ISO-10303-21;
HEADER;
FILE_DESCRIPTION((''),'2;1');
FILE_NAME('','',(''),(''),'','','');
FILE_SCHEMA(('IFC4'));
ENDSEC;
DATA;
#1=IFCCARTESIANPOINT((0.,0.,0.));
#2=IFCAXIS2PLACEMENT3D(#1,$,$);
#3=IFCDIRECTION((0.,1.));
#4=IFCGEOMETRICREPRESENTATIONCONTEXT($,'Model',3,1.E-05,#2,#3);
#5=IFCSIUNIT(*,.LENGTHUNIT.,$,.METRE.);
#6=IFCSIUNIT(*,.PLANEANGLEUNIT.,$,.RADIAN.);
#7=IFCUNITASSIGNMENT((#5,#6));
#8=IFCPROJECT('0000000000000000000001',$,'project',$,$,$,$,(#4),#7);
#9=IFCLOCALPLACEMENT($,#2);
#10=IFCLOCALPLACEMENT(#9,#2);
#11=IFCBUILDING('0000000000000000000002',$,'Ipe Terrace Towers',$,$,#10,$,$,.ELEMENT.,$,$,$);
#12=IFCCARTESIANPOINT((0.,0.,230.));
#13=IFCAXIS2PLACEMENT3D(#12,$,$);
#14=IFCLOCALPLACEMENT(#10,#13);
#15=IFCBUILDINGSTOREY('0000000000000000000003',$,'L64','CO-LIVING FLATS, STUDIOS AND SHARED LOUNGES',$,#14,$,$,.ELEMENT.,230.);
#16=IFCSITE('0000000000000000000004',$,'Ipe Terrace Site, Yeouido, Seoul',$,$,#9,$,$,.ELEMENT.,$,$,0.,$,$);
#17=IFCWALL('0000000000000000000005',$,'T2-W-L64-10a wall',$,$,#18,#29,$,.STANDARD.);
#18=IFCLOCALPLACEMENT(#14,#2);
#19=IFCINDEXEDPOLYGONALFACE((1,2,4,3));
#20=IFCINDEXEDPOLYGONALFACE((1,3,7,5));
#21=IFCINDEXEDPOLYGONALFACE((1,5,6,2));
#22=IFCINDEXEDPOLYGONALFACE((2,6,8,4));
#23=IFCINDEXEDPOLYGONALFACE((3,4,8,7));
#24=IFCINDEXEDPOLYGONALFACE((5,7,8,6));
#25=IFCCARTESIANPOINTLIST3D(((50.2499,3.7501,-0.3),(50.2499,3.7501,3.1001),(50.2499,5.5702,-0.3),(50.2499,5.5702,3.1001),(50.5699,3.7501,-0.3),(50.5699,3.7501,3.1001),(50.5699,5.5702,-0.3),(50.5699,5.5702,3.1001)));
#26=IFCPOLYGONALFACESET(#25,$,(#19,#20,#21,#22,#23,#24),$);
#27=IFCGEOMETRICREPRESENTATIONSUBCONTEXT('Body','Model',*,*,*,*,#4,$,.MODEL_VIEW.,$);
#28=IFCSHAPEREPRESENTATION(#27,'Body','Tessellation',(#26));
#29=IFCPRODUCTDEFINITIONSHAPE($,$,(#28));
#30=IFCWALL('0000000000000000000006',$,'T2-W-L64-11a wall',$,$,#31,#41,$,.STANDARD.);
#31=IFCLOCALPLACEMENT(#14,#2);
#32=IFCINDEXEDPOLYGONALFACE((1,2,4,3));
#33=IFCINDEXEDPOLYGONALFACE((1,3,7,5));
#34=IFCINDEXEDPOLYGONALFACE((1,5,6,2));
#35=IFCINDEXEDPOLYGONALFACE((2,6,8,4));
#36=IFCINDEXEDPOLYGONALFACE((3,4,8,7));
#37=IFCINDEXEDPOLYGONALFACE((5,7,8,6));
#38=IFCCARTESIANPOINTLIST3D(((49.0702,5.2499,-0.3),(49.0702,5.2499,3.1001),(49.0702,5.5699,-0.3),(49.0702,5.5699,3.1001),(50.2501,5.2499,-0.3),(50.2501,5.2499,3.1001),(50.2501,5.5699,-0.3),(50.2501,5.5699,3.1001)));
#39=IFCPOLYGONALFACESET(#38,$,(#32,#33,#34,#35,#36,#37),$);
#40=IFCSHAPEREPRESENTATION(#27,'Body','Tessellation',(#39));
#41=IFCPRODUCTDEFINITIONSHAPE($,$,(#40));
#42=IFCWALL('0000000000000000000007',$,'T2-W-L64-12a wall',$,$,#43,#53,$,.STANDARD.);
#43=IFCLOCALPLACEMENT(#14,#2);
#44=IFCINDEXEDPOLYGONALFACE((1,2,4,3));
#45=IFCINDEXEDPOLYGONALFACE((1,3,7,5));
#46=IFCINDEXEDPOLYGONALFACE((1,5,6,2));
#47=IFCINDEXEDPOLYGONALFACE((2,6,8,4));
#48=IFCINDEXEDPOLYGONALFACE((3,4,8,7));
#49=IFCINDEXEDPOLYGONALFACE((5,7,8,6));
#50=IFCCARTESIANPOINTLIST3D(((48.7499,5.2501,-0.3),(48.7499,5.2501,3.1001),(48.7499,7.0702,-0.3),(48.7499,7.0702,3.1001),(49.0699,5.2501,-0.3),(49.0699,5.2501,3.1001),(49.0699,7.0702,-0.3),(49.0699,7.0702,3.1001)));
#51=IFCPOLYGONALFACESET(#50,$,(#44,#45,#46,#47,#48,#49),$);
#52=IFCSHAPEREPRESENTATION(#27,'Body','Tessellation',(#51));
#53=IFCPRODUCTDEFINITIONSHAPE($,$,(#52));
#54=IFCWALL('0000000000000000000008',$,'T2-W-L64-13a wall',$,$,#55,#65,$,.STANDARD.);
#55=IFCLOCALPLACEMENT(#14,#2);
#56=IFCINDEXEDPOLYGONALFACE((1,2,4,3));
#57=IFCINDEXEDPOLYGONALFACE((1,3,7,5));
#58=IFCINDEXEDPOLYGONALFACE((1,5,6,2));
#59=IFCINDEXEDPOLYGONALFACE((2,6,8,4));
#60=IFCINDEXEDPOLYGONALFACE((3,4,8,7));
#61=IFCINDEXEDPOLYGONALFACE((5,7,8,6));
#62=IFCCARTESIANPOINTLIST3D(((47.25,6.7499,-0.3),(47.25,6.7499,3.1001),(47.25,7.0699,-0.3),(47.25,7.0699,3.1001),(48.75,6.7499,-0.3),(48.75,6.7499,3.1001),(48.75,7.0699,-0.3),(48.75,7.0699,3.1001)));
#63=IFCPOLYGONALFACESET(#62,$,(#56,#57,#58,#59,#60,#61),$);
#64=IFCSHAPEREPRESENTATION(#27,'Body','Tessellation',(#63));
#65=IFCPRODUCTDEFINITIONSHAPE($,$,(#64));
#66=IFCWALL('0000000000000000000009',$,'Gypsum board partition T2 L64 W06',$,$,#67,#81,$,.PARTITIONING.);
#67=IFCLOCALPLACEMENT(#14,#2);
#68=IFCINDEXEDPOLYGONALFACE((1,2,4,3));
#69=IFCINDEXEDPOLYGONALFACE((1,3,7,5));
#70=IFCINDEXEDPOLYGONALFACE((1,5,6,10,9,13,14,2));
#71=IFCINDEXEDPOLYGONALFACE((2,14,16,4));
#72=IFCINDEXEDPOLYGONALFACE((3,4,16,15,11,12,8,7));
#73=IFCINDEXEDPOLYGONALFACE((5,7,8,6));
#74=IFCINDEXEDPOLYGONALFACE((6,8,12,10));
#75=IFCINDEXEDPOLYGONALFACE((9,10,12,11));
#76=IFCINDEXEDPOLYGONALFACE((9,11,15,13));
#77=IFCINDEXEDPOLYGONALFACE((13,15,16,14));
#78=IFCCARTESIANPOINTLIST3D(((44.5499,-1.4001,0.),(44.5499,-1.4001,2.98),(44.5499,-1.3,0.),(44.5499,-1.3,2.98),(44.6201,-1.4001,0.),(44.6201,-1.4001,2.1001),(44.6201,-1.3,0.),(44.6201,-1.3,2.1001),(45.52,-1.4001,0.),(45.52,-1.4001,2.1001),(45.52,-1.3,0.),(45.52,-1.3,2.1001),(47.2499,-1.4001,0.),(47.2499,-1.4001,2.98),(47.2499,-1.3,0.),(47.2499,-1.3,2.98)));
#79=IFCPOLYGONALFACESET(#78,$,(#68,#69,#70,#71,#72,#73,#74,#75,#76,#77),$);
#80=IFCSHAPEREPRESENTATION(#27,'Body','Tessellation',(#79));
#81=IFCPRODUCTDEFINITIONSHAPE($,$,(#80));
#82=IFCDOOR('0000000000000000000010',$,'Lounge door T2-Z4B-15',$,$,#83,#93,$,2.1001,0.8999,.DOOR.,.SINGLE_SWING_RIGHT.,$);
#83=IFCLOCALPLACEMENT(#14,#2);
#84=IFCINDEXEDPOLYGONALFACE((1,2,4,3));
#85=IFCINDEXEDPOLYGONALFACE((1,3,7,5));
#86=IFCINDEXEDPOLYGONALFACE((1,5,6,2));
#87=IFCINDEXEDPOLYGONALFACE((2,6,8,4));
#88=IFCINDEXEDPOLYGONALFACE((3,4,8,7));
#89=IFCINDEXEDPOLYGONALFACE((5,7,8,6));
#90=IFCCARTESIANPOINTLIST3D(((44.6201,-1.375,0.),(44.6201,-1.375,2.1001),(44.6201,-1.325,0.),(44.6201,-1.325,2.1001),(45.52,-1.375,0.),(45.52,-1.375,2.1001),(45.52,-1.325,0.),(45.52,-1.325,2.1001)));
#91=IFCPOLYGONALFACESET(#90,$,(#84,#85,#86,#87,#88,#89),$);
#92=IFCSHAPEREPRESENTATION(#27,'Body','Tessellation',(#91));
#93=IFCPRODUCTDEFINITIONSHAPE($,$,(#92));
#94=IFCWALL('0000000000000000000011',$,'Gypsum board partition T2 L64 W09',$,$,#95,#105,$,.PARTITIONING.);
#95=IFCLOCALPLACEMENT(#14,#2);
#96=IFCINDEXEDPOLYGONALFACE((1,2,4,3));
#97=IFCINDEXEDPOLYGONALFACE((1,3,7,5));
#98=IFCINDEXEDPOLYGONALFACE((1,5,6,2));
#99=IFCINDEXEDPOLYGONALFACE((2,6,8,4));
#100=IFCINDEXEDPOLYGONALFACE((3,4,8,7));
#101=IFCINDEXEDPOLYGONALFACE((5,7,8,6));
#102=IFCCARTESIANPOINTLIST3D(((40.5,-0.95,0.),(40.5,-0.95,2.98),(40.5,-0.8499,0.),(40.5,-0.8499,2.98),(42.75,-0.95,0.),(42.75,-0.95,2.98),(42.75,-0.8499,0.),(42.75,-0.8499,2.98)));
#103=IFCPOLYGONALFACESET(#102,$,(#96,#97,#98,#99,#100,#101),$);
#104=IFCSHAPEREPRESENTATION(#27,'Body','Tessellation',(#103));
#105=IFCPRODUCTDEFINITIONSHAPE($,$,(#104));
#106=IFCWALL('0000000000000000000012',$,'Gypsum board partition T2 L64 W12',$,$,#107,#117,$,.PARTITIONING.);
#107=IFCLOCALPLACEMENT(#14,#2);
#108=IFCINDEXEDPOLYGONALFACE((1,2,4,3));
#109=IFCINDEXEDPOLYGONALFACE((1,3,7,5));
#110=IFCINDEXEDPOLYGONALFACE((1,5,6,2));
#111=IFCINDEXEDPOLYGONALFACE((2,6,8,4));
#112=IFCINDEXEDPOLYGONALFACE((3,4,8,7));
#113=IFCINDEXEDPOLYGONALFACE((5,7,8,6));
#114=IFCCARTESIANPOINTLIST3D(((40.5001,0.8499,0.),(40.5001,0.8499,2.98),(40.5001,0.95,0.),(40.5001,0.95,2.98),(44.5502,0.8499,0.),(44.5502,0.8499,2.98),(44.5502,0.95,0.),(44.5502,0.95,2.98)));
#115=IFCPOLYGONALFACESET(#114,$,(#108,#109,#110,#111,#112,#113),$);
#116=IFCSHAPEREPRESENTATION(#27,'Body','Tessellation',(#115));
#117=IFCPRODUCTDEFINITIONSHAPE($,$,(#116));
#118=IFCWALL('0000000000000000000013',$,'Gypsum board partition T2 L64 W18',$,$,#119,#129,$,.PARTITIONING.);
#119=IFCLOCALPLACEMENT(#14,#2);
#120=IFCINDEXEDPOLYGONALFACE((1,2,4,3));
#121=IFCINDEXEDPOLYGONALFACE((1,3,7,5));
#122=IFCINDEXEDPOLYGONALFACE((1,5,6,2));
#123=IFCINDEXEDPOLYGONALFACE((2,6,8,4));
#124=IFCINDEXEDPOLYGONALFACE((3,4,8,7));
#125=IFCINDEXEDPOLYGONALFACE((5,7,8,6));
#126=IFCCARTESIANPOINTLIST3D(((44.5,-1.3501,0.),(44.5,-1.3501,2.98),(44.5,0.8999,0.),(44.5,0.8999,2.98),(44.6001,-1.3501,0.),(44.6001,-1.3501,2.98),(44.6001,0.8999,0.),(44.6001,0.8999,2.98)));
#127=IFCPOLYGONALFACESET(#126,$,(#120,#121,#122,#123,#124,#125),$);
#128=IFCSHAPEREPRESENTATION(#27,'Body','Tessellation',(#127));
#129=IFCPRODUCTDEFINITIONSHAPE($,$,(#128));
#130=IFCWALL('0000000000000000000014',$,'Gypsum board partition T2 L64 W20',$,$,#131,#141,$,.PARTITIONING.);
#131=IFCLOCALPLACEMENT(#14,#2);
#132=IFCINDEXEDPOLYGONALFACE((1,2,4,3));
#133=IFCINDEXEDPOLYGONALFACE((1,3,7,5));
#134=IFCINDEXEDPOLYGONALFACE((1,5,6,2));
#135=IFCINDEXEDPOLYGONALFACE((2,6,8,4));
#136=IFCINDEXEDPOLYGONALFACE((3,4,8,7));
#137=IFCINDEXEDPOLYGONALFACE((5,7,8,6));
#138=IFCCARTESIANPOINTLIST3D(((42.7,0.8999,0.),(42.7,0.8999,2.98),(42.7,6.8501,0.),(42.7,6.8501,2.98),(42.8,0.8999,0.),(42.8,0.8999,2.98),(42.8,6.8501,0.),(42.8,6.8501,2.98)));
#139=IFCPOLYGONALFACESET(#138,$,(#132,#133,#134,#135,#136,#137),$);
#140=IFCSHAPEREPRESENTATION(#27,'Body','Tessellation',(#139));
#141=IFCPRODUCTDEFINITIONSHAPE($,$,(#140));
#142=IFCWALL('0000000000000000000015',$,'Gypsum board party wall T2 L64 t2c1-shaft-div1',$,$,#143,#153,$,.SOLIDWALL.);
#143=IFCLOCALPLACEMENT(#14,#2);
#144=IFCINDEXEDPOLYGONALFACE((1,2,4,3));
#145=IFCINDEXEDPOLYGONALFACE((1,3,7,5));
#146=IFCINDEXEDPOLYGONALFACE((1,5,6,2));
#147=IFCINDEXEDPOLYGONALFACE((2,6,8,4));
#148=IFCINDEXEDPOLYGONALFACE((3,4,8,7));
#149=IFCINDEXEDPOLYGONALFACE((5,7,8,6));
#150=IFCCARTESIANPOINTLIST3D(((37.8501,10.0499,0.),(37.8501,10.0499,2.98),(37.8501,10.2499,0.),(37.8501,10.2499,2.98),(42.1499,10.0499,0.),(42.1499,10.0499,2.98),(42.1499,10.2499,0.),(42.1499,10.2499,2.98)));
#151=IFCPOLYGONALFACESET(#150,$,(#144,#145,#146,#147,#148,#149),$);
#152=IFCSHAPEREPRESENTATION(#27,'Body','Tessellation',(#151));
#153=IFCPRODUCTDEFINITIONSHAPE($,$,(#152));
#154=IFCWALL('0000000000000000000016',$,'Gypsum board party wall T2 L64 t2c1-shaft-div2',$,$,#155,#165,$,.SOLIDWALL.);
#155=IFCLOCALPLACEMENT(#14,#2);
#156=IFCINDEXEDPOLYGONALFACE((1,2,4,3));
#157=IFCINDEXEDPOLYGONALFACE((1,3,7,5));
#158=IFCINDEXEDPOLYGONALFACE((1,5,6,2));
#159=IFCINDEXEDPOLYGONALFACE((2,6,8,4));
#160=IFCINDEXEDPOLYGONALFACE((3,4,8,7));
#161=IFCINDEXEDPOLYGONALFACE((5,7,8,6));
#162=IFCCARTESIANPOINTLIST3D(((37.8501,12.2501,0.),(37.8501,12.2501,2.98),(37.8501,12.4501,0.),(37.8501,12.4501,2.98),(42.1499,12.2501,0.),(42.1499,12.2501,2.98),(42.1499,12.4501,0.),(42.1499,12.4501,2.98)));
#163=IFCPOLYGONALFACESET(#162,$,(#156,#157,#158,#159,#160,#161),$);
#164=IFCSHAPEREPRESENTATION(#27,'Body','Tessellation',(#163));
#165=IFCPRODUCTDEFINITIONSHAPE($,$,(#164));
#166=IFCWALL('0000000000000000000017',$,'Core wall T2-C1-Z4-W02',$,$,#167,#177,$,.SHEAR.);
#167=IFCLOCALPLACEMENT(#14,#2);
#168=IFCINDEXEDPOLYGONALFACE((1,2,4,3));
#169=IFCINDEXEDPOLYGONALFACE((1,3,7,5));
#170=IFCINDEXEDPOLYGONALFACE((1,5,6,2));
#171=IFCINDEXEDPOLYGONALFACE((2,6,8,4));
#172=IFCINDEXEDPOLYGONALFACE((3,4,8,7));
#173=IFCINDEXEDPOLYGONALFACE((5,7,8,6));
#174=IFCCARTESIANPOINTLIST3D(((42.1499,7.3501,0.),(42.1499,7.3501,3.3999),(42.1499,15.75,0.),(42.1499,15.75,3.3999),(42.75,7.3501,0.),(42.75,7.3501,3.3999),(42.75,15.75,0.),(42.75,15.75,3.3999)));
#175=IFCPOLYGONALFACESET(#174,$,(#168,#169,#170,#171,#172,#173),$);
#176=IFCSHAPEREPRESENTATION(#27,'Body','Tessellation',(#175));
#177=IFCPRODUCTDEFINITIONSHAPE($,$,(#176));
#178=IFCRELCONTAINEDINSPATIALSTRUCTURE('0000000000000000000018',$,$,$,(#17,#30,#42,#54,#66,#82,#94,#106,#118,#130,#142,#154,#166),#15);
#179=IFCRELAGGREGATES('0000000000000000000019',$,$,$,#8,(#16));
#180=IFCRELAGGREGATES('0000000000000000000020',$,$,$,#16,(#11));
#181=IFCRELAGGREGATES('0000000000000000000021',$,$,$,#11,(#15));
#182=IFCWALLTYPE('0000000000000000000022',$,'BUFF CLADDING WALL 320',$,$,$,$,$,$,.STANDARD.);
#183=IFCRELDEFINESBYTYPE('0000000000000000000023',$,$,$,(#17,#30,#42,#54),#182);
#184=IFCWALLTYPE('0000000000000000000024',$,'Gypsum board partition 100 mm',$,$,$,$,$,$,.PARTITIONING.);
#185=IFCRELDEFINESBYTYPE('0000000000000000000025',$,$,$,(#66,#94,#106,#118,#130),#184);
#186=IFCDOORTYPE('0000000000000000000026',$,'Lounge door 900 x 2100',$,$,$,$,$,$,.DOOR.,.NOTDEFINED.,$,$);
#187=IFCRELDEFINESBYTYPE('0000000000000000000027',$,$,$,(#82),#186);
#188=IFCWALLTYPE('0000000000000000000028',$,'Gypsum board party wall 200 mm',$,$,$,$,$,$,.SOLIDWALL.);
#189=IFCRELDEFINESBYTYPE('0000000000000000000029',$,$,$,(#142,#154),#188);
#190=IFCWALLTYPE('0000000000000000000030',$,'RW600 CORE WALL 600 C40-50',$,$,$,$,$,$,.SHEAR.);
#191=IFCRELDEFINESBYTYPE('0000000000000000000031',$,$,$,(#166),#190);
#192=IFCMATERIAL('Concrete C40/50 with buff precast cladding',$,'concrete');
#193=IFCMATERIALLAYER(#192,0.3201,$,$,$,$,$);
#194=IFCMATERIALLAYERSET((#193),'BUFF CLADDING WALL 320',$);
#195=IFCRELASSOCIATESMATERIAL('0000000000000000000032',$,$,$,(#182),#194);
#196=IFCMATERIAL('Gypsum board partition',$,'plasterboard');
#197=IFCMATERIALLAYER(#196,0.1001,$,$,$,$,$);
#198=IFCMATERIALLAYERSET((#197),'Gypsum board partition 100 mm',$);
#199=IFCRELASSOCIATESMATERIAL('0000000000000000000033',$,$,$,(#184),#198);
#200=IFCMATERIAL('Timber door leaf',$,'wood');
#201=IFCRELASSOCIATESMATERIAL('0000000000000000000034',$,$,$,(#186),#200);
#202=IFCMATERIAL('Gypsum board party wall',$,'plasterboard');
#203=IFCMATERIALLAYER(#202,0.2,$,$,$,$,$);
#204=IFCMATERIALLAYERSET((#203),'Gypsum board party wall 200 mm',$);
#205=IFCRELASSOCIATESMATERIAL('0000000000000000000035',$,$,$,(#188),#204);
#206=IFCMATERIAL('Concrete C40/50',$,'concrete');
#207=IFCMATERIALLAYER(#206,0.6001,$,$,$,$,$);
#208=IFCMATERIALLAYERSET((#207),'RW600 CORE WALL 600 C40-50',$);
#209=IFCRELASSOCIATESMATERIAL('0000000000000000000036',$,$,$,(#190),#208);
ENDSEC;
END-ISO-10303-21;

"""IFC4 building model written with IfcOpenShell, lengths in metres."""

from ifc_helpers import new_model, si_unit, direction, frame, frame_2d, origin, place, context, subcontext, project, spatial, rectangle, extrude, material, layer, layer_set, type_object, element, fill, save


model = new_model("IFC4")

# Units and contexts
model_context = context("Model", 3, precision=1e-05, world=origin(), true_north=direction((0.0, 1.0)))
body_context = subcontext(model_context, "Body", "Model", "MODEL_VIEW")
ifc_project = project(units=[si_unit("LENGTHUNIT", "METRE"), si_unit("PLANEANGLEUNIT", "RADIAN")], contexts=[model_context])

# Site, building, storey
site_placement = place(None, origin())
site = spatial("IfcSite", under=ifc_project, at=site_placement, Name="Ipe Terrace Site, Yeouido, Seoul", CompositionType="ELEMENT", RefElevation=0.0)
building_placement = place(site_placement, origin())
building = spatial("IfcBuilding", under=site, at=building_placement, Name="Ipe Terrace Towers", CompositionType="ELEMENT")
storey_placement = place(building_placement, frame((0.0, 0.0, 230.0)))
storey = spatial("IfcBuildingStorey", under=building, at=storey_placement, Name="L64", Description="CO-LIVING FLATS, STUDIOS AND SHARED LOUNGES", CompositionType="ELEMENT", Elevation=230.0)

# Walls
ifc_material_1 = material(Name="Concrete C40/50 with buff precast cladding", Category="concrete")
ifc_layer_1 = layer(ifc_material_1, 0.3201)
ifc_layer_set_1 = layer_set([ifc_layer_1], Name="BUFF CLADDING WALL 320")
wall_type_1 = type_object("IfcWallType", Name="BUFF CLADDING WALL 320", PredefinedType="STANDARD", material=ifc_layer_set_1)
wall_1_placement = place(storey_placement, frame((50.4099, 3.75, -0.3), z_axis=(0.0, 0.0, 1.0), x_axis=(0.0, 1.0, 0.0)))
element("IfcWall", 1, at=wall_1_placement, inside=storey, type_object=wall_type_1, Name="T2-W-L64-10a wall", PredefinedType="STANDARD", context=body_context, shape_type="SweptSolid", body=[
    extrude(rectangle(XDim=1.8201, YDim=0.3201, at=frame_2d((0.9102, 0.0))), origin(), (0.0, 0.0, 1.0), 3.4001),
])
wall_2_placement = place(storey_placement, frame((50.25, 5.4099, -0.3), z_axis=(0.0, 0.0, 1.0), x_axis=(-1.0, 0.0, 0.0)))
element("IfcWall", 2, at=wall_2_placement, inside=storey, type_object=wall_type_1, Name="T2-W-L64-11a wall", PredefinedType="STANDARD", context=body_context, shape_type="SweptSolid", body=[
    extrude(rectangle(XDim=1.1799, YDim=0.3201, at=frame_2d((0.5898, 0.0))), origin(), (0.0, 0.0, 1.0), 3.4001),
])
wall_3_placement = place(storey_placement, frame((48.9099, 5.25, -0.3), z_axis=(0.0, 0.0, 1.0), x_axis=(0.0, 1.0, 0.0)))
element("IfcWall", 3, at=wall_3_placement, inside=storey, type_object=wall_type_1, Name="T2-W-L64-12a wall", PredefinedType="STANDARD", context=body_context, shape_type="SweptSolid", body=[
    extrude(rectangle(XDim=1.8201, YDim=0.3201, at=frame_2d((0.9102, 0.0))), origin(), (0.0, 0.0, 1.0), 3.4001),
])
wall_4_placement = place(storey_placement, frame((48.75, 6.9099, -0.3), z_axis=(0.0, 0.0, 1.0), x_axis=(-1.0, 0.0, 0.0)))
element("IfcWall", 4, at=wall_4_placement, inside=storey, type_object=wall_type_1, Name="T2-W-L64-13a wall", PredefinedType="STANDARD", context=body_context, shape_type="SweptSolid", body=[
    extrude(rectangle(XDim=1.5, YDim=0.3201, at=frame_2d((0.75, 0.0))), origin(), (0.0, 0.0, 1.0), 3.4001),
])

# Wall, opening, door
ifc_material_2 = material(Name="Gypsum board partition", Category="plasterboard")
ifc_layer_2 = layer(ifc_material_2, 0.1001)
ifc_layer_set_2 = layer_set([ifc_layer_2], Name="Gypsum board partition 100 mm")
wall_type_2 = type_object("IfcWallType", Name="Gypsum board partition 100 mm", PredefinedType="PARTITIONING", material=ifc_layer_set_2)
wall_5_placement = place(storey_placement, frame((47.25, -1.3501, 0.0), z_axis=(0.0, 0.0, 1.0), x_axis=(-1.0, 0.0, 0.0)))
wall_5 = element("IfcWall", 5, at=wall_5_placement, inside=storey, type_object=wall_type_2, Name="Gypsum board partition T2 L64 W06", PredefinedType="PARTITIONING", context=body_context, shape_type="SweptSolid", body=[
    extrude(rectangle(XDim=2.7, YDim=0.1001, at=frame_2d((1.3501, 0.0))), origin(), (0.0, 0.0, 1.0), 2.98),
])
opening_1_placement = place(wall_5_placement, frame((1.73, 0.0, 0.0)))
opening_1 = element("IfcOpeningElement", 6, at=opening_1_placement, cuts=wall_5, PredefinedType="OPENING", context=body_context, shape_type="SweptSolid", body=[
    extrude(rectangle(XDim=0.8999, YDim=2.1001, at=frame_2d((0.45, 1.05))), frame((0.0, 0.0601, 0.0), z_axis=(0.0, -1.0, 0.0), x_axis=(1.0, 0.0, 0.0)), (0.0, 0.0, 1.0), 0.1201),
])
ifc_material_3 = material(Name="Timber door leaf", Category="wood")
door_type = type_object("IfcDoorType", Name="Lounge door 900 x 2100", OperationType="NOTDEFINED", PredefinedType="DOOR", material=ifc_material_3)
door_placement = place(opening_1_placement, origin())
door = element("IfcDoor", 7, at=door_placement, inside=storey, type_object=door_type, Name="Lounge door T2-Z4B-15", OperationType="SINGLE_SWING_RIGHT", OverallHeight=2.1001, OverallWidth=0.8999, PredefinedType="DOOR", context=body_context, shape_type="SweptSolid", body=[
    extrude(rectangle(XDim=0.8999, YDim=2.1001, at=frame_2d((0.45, 1.05))), frame((0.0, 0.0249, 0.0), z_axis=(0.0, -1.0, 0.0), x_axis=(1.0, 0.0, 0.0)), (0.0, 0.0, 1.0), 0.05),
])
fill(opening_1, door)

# Walls
wall_6_placement = place(storey_placement, frame((42.75, -0.8999, 0.0), z_axis=(0.0, 0.0, 1.0), x_axis=(-1.0, 0.0, 0.0)))
element("IfcWall", 8, at=wall_6_placement, inside=storey, type_object=wall_type_2, Name="Gypsum board partition T2 L64 W09", PredefinedType="PARTITIONING", context=body_context, shape_type="SweptSolid", body=[
    extrude(rectangle(XDim=2.25, YDim=0.1001, at=frame_2d((1.125, 0.0))), origin(), (0.0, 0.0, 1.0), 2.98),
])
wall_7_placement = place(storey_placement, frame((44.55, 0.8999, 0.0), z_axis=(0.0, 0.0, 1.0), x_axis=(-1.0, 0.0, 0.0)))
element("IfcWall", 9, at=wall_7_placement, inside=storey, type_object=wall_type_2, Name="Gypsum board partition T2 L64 W12", PredefinedType="PARTITIONING", context=body_context, shape_type="SweptSolid", body=[
    extrude(rectangle(XDim=4.05, YDim=0.1001, at=frame_2d((2.0249, 0.0))), origin(), (0.0, 0.0, 1.0), 2.98),
])
wall_8_placement = place(storey_placement, frame((44.55, -1.3501, 0.0), z_axis=(0.0, 0.0, 1.0), x_axis=(0.0, 1.0, 0.0)))
element("IfcWall", 10, at=wall_8_placement, inside=storey, type_object=wall_type_2, Name="Gypsum board partition T2 L64 W18", PredefinedType="PARTITIONING", context=body_context, shape_type="SweptSolid", body=[
    extrude(rectangle(XDim=2.25, YDim=0.1001, at=frame_2d((1.125, 0.0))), origin(), (0.0, 0.0, 1.0), 2.98),
])
wall_9_placement = place(storey_placement, frame((42.75, 0.8999, 0.0), z_axis=(0.0, 0.0, 1.0), x_axis=(0.0, 1.0, 0.0)))
element("IfcWall", 11, at=wall_9_placement, inside=storey, type_object=wall_type_2, Name="Gypsum board partition T2 L64 W20", PredefinedType="PARTITIONING", context=body_context, shape_type="SweptSolid", body=[
    extrude(rectangle(XDim=5.9502, YDim=0.1001, at=frame_2d((2.9751, 0.0))), origin(), (0.0, 0.0, 1.0), 2.98),
])
ifc_material_4 = material(Name="Gypsum board party wall", Category="plasterboard")
ifc_layer_3 = layer(ifc_material_4, 0.2)
ifc_layer_set_3 = layer_set([ifc_layer_3], Name="Gypsum board party wall 200 mm")
wall_type_3 = type_object("IfcWallType", Name="Gypsum board party wall 200 mm", PredefinedType="SOLIDWALL", material=ifc_layer_set_3)
for number, where, z_axis, x_axis, name in (
    (12, (42.1499, 10.1499, 0.0), (0.0, 0.0, 1.0), (-1.0, 0.0, 0.0), "Gypsum board party wall T2 L64 t2c1-shaft-div1"),
    (13, (42.1499, 12.3501, 0.0), (0.0, 0.0, 1.0), (-1.0, 0.0, 0.0), "Gypsum board party wall T2 L64 t2c1-shaft-div2"),
):
    element("IfcWall", number, at=place(storey_placement, frame(where, z_axis=z_axis, x_axis=x_axis)), inside=storey, type_object=wall_type_3, Name=name, PredefinedType="SOLIDWALL", context=body_context, shape_type="SweptSolid", body=[
        extrude(rectangle(XDim=4.2998, YDim=0.2, at=frame_2d((2.1499, 0.0))), origin(), (0.0, 0.0, 1.0), 2.98),
    ])
ifc_material_5 = material(Name="Concrete C40/50", Category="concrete")
ifc_layer_4 = layer(ifc_material_5, 0.6001)
ifc_layer_set_4 = layer_set([ifc_layer_4], Name="RW600 CORE WALL 600 C40-50")
wall_type_4 = type_object("IfcWallType", Name="RW600 CORE WALL 600 C40-50", PredefinedType="SHEAR", material=ifc_layer_set_4)
wall_10_placement = place(storey_placement, frame((42.45, 7.3501, 0.0), z_axis=(0.0, 0.0, 1.0), x_axis=(0.0, 1.0, 0.0)))
element("IfcWall", 14, at=wall_10_placement, inside=storey, type_object=wall_type_4, Name="Core wall T2-C1-Z4-W02", PredefinedType="SHEAR", context=body_context, shape_type="SweptSolid", body=[
    extrude(rectangle(XDim=8.3999, YDim=0.6001, at=frame_2d((4.2, 0.0))), origin(), (0.0, 0.0, 1.0), 3.3999),
])

save(model, "model.ifc")
